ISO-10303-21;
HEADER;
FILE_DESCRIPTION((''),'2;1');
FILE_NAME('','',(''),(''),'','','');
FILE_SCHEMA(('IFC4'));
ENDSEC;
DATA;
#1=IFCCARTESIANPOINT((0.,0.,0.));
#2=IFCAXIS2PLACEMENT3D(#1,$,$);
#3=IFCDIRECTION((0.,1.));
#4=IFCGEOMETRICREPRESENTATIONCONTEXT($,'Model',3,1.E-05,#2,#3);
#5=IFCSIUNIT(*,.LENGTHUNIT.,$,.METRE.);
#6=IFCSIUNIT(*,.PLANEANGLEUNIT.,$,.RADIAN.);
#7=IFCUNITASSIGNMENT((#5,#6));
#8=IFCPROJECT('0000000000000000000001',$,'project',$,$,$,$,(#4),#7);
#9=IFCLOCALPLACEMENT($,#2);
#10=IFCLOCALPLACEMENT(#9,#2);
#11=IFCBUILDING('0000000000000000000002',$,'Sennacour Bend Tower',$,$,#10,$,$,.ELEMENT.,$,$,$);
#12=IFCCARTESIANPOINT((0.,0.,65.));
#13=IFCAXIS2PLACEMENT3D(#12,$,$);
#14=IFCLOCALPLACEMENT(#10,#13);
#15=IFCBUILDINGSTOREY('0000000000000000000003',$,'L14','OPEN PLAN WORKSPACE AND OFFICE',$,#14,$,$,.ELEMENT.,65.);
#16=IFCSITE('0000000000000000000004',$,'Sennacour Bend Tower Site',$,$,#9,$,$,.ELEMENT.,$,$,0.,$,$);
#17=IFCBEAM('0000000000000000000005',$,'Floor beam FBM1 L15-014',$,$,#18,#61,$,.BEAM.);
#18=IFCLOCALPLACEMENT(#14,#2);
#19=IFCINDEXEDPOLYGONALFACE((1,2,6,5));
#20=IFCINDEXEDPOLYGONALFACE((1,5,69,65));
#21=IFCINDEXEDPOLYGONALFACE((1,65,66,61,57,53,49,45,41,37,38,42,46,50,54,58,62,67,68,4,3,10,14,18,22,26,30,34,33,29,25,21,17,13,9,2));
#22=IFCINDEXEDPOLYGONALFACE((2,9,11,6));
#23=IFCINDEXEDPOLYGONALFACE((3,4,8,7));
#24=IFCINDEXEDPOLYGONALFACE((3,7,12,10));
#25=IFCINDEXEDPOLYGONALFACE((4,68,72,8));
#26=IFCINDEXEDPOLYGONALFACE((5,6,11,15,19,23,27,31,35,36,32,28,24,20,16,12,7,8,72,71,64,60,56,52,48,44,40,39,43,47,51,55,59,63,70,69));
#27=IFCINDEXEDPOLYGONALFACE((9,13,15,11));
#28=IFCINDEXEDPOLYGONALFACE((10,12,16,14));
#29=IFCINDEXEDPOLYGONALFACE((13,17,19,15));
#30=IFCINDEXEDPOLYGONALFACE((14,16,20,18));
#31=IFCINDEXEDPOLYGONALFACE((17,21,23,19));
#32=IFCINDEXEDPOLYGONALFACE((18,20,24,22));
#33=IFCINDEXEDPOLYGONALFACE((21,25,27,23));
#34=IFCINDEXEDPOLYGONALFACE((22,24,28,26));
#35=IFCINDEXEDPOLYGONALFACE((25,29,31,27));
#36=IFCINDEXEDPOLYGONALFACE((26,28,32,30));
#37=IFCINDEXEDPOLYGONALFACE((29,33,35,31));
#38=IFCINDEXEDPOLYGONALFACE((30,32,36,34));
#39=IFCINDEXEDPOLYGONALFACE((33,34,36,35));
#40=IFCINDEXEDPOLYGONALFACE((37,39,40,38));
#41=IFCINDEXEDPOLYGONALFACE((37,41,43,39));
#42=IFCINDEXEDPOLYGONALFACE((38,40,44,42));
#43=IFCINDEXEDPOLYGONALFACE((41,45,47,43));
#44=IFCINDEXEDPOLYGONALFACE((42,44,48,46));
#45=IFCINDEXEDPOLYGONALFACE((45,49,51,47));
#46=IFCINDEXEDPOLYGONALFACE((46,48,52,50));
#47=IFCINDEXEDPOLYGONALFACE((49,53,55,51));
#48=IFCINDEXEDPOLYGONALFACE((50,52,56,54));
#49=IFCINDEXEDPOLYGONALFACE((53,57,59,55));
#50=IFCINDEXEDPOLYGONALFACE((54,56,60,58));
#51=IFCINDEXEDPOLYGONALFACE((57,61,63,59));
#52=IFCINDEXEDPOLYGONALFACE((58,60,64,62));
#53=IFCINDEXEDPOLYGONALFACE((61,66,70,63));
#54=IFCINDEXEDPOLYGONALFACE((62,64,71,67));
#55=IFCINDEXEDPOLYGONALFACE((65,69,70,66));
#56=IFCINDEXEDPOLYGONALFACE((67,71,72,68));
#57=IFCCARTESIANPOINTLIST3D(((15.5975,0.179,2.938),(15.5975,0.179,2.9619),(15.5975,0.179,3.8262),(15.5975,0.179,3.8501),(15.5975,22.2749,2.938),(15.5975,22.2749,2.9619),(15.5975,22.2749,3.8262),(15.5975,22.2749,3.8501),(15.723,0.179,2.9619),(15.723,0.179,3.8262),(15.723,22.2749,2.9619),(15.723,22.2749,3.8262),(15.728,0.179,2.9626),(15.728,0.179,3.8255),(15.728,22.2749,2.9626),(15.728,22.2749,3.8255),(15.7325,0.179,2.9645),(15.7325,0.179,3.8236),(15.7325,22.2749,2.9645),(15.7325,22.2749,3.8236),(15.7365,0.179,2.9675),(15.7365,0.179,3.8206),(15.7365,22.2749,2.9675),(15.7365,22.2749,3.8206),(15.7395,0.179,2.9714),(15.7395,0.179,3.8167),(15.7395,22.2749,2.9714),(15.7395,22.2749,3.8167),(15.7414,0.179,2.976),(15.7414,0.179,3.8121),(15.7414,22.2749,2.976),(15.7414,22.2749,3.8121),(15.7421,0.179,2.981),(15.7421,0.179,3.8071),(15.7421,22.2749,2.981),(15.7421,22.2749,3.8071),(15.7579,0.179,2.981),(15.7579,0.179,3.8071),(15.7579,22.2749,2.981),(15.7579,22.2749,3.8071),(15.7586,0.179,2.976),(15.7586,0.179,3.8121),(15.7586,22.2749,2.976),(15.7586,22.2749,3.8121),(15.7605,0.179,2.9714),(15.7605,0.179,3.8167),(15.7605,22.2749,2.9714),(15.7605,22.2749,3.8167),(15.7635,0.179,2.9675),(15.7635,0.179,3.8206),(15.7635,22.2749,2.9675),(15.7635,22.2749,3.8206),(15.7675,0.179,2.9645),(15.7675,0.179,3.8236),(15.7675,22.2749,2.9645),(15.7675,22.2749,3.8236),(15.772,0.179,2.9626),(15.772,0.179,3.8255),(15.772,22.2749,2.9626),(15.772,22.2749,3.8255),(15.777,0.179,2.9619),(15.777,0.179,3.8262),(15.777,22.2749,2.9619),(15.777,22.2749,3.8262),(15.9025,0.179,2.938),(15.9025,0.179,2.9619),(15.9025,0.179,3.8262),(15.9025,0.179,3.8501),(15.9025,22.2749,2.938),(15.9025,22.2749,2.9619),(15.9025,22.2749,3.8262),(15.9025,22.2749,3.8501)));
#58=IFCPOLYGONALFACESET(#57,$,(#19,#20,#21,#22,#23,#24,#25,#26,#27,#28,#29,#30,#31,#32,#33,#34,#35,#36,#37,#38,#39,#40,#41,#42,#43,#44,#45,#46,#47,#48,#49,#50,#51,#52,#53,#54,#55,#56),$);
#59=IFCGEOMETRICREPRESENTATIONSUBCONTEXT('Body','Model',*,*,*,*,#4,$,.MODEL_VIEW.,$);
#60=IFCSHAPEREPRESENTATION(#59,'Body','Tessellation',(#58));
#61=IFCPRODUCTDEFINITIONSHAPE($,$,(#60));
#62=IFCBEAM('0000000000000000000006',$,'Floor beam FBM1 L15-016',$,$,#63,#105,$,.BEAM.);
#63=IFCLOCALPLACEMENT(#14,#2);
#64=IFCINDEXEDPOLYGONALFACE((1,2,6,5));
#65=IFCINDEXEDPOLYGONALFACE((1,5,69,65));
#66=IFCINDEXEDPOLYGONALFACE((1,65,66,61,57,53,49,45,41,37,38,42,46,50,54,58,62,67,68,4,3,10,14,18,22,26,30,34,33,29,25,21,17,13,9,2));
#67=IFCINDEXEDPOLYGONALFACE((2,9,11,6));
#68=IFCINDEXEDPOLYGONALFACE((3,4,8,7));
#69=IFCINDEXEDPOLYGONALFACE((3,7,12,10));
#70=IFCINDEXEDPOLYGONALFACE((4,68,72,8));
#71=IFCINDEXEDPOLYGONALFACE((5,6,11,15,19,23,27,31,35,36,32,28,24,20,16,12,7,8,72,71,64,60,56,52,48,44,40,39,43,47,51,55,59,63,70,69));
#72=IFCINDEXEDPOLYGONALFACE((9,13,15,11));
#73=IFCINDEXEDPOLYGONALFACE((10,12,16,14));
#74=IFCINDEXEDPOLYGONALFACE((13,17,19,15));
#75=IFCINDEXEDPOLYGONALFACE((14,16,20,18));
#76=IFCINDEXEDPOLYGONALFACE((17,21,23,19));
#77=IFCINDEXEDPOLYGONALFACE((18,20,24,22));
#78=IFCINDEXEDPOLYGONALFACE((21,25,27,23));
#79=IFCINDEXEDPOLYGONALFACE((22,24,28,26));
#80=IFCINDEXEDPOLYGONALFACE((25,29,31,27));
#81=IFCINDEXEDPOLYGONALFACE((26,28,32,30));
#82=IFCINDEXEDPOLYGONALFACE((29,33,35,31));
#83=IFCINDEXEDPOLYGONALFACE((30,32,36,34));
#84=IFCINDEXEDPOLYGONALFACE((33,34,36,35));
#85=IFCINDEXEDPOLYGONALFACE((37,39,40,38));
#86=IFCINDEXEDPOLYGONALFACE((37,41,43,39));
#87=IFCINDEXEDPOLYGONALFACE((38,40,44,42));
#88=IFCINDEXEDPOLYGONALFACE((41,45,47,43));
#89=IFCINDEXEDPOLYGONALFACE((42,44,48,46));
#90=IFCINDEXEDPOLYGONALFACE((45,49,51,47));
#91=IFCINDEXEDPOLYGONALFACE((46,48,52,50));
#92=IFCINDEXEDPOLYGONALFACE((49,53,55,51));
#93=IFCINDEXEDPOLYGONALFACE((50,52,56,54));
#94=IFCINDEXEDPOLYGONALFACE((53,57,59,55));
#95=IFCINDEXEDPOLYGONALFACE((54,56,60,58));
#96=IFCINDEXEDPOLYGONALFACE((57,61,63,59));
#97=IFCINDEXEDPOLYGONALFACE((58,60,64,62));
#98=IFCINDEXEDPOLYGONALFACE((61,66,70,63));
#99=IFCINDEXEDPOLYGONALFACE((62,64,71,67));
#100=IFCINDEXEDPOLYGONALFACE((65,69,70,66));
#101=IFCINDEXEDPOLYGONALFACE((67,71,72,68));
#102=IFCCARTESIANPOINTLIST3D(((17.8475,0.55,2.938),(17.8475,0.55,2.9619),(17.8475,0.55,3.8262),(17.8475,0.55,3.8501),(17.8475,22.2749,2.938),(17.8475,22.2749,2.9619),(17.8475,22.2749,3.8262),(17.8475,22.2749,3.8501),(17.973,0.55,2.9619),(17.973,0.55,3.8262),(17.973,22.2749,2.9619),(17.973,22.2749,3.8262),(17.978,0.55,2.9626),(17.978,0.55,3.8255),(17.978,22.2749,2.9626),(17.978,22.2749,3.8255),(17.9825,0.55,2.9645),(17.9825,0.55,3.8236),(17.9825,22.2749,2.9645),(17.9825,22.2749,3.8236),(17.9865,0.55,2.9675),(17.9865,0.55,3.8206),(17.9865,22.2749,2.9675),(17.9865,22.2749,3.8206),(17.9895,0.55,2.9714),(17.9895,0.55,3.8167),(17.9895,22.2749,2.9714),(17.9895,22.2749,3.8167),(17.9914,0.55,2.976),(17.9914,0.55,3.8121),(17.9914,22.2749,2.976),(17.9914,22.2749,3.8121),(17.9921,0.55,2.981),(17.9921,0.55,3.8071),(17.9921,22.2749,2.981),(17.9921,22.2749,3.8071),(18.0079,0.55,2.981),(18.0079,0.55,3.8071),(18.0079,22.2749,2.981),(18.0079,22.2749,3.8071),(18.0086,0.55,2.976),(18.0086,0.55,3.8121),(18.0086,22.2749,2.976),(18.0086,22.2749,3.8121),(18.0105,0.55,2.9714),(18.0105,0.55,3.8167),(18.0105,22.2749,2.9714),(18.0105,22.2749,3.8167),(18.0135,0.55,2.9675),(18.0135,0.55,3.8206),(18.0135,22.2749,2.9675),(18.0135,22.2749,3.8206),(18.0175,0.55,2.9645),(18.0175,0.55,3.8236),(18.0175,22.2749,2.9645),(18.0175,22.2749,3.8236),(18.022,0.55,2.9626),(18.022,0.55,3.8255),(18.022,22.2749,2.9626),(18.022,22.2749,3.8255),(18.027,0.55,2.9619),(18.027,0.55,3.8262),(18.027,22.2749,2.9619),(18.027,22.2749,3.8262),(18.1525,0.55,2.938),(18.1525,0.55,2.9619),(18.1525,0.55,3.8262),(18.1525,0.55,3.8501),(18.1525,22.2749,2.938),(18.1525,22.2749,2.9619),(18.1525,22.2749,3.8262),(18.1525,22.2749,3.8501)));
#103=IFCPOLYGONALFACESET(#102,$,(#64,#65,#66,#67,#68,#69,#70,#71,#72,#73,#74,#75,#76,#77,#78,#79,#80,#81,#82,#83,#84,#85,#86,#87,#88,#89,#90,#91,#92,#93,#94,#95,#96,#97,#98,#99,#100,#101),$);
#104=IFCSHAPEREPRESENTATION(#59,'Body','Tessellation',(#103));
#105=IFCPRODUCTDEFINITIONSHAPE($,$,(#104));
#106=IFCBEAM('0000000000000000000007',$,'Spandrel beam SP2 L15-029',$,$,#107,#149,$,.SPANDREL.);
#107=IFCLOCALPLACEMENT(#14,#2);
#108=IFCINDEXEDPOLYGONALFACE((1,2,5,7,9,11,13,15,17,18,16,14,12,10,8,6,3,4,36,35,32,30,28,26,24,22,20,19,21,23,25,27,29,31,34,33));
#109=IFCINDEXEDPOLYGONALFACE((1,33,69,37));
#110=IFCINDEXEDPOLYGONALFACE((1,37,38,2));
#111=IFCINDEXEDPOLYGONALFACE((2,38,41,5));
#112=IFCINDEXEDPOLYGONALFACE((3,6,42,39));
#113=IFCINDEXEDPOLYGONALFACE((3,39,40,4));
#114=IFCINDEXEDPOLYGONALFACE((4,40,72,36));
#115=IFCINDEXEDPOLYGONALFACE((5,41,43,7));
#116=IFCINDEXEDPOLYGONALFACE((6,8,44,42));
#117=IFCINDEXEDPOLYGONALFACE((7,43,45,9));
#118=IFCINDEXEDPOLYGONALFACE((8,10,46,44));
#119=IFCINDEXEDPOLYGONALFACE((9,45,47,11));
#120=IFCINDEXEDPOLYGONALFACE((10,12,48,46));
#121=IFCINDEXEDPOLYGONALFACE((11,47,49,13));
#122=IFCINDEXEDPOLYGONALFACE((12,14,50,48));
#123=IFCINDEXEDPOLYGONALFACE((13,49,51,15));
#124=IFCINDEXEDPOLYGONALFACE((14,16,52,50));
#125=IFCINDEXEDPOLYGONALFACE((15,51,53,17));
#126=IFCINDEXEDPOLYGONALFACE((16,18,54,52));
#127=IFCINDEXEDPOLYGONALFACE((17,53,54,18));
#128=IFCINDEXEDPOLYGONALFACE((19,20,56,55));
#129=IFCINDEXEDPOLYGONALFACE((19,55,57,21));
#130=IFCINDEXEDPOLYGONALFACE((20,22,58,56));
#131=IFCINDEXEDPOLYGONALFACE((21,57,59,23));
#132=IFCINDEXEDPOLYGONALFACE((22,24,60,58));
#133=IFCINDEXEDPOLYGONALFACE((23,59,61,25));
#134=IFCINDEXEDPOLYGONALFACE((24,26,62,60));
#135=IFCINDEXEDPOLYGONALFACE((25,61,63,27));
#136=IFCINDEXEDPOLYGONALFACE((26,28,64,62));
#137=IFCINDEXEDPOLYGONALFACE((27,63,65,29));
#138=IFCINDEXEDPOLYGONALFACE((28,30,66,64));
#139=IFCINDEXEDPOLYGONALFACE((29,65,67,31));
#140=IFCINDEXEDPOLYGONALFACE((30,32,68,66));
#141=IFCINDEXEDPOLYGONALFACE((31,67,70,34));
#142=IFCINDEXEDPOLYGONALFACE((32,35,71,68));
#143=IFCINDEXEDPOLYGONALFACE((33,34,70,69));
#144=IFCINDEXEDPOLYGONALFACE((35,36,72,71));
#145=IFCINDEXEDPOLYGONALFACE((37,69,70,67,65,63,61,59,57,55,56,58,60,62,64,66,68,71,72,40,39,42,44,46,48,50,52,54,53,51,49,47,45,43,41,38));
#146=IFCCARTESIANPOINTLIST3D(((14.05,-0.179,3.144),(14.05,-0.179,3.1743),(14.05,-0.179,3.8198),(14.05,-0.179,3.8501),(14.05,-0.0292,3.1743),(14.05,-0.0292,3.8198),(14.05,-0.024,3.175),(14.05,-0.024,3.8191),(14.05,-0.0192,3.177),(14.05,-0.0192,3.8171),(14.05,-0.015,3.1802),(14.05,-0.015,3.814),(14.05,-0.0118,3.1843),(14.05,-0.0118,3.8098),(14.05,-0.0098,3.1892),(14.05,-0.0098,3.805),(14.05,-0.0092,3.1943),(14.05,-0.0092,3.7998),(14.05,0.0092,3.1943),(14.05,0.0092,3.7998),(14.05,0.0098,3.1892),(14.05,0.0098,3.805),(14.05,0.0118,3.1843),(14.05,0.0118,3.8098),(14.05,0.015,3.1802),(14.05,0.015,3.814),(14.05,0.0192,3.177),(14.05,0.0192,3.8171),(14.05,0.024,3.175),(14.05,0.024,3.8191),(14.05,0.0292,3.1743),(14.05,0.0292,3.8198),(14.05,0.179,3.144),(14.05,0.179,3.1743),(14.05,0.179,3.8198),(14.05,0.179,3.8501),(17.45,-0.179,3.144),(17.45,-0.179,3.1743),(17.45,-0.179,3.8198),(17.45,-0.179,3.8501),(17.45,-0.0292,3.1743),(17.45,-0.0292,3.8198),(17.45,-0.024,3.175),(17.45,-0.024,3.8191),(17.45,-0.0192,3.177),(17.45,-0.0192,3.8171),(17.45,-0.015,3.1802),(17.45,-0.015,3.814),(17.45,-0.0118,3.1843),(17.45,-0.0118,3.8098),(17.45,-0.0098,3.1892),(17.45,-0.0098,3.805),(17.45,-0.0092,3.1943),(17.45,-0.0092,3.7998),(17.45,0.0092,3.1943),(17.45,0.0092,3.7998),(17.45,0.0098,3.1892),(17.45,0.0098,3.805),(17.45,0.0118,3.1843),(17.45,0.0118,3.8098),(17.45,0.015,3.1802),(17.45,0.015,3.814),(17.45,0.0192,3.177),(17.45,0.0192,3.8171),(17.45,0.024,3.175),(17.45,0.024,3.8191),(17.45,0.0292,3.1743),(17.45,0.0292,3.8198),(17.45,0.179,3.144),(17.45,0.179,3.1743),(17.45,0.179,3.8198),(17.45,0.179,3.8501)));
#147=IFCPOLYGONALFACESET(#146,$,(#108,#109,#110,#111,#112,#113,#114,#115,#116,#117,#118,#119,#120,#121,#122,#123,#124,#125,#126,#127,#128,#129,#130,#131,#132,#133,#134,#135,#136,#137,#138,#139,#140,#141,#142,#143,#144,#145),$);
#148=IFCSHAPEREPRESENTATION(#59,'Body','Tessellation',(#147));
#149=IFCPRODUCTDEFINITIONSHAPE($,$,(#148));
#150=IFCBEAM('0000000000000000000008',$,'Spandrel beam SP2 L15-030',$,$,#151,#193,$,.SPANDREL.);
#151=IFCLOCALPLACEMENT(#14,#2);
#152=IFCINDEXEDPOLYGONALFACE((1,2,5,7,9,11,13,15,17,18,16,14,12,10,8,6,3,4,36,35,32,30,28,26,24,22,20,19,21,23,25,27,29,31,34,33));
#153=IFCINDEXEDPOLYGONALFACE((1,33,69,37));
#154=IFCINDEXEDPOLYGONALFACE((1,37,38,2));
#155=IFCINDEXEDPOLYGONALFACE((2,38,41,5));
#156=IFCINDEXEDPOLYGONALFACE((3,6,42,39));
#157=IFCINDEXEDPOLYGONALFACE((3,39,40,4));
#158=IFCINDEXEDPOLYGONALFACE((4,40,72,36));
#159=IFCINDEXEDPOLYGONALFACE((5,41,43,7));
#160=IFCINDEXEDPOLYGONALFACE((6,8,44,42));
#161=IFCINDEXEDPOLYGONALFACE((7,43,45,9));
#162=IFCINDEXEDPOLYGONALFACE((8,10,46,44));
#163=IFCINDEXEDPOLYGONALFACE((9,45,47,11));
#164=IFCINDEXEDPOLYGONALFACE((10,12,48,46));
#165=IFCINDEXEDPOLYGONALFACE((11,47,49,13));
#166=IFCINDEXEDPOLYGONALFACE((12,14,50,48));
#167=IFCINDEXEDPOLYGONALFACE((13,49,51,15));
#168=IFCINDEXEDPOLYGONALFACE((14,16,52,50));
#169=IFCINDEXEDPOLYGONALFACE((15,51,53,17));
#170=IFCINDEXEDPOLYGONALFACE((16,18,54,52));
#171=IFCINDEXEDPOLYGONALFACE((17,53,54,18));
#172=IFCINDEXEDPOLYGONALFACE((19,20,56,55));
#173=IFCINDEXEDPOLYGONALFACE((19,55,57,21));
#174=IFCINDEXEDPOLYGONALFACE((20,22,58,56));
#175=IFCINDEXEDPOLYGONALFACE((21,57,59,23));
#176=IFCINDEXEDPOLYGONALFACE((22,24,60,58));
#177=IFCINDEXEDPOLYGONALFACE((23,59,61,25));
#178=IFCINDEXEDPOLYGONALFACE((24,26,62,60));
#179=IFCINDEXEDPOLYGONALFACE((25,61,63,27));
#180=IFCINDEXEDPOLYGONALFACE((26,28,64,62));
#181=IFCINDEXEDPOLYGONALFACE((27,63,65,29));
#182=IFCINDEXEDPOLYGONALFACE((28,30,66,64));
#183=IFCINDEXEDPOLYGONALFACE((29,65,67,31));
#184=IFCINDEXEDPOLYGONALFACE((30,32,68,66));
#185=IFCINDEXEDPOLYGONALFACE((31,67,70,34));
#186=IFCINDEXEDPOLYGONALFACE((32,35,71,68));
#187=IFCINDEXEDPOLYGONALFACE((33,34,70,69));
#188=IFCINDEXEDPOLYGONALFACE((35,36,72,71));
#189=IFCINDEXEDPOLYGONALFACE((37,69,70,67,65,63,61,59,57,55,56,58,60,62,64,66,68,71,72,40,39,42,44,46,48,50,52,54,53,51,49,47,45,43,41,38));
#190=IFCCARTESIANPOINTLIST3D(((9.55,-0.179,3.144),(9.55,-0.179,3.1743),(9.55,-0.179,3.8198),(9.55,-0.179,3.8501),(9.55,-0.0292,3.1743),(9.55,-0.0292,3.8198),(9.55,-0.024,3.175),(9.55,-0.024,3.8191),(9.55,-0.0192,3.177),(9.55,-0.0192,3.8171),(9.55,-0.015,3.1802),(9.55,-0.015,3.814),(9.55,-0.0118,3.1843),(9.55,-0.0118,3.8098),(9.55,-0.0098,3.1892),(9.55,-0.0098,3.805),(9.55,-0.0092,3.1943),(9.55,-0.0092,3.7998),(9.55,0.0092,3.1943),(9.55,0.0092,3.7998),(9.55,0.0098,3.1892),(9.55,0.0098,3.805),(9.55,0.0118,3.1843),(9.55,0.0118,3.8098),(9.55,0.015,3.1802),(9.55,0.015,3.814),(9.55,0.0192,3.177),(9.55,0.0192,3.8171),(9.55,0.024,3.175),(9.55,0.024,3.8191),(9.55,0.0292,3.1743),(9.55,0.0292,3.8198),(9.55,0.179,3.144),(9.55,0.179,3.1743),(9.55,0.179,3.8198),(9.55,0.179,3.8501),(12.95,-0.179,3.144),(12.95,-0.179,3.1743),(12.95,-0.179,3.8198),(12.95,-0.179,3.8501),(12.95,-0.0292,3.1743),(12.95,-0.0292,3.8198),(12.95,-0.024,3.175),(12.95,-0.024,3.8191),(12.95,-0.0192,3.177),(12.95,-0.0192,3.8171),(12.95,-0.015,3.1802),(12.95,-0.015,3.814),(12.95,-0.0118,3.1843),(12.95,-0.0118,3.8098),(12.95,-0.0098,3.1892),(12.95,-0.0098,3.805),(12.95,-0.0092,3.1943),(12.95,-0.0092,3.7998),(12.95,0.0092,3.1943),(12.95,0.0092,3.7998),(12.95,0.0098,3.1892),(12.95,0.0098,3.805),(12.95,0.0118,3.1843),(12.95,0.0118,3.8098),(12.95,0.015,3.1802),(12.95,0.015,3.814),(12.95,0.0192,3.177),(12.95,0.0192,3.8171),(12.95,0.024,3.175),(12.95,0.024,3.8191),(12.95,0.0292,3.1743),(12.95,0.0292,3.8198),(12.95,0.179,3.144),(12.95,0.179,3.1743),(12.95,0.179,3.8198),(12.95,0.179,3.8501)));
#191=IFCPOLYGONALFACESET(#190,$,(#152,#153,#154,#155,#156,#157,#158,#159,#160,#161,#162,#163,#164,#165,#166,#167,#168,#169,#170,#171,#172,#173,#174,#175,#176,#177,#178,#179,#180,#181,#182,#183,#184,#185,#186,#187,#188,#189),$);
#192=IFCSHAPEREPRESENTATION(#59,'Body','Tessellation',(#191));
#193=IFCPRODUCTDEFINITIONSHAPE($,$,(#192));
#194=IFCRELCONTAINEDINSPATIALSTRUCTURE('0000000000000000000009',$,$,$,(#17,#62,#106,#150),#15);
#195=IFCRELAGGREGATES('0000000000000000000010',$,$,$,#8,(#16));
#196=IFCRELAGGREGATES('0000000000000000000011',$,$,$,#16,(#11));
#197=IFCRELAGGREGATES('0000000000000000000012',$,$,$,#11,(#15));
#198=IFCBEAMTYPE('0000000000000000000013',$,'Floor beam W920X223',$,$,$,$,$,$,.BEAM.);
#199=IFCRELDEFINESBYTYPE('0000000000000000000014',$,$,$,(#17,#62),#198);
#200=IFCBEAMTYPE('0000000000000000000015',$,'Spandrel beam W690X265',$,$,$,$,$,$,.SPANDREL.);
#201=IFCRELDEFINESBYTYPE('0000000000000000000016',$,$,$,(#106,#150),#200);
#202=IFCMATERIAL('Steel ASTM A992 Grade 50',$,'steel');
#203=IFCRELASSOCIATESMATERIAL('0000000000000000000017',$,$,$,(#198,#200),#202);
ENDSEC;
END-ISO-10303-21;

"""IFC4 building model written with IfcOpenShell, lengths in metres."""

from ifc_helpers import new_model, si_unit, direction, frame, origin, origin_2d, place, context, subcontext, project, spatial, i_section, extrude, material, material_profile, profile_set, type_object, element, save


model = new_model("IFC4")

# Units and contexts
model_context = context("Model", 3, precision=1e-05, world=origin(), true_north=direction((0.0, 1.0)))
body_context = subcontext(model_context, "Body", "Model", "MODEL_VIEW")
ifc_project = project(units=[si_unit("LENGTHUNIT", "METRE"), si_unit("PLANEANGLEUNIT", "RADIAN")], contexts=[model_context])

# Site, building, storey
site_placement = place(None, origin())
site = spatial("IfcSite", under=ifc_project, at=site_placement, Name="Sennacour Bend Tower Site", CompositionType="ELEMENT", RefElevation=0.0)
building_placement = place(site_placement, origin())
building = spatial("IfcBuilding", under=site, at=building_placement, Name="Sennacour Bend Tower", CompositionType="ELEMENT")
storey_placement = place(building_placement, frame((0.0, 0.0, 65.0)))
storey = spatial("IfcBuildingStorey", under=building, at=storey_placement, Name="L14", Description="OPEN PLAN WORKSPACE AND OFFICE", CompositionType="ELEMENT", Elevation=65.0)

# Beams
ifc_material_1 = material(Name="Steel ASTM A992 Grade 50", Category="steel")
ifc_material_profile_1 = material_profile(ifc_material_1, i_section(OverallWidth=0.3049, OverallDepth=0.9121, WebThickness=0.0159, FlangeThickness=0.0239, FilletRadius=0.019, at=origin_2d()), Name="Steel ASTM A992 Grade 50", Category="steel")
ifc_profile_set_1 = profile_set([ifc_material_profile_1], Name="Steel ASTM A992 Grade 50")
beam_type_1 = type_object("IfcBeamType", Name="Floor beam W920X223", PredefinedType="BEAM", material=ifc_profile_set_1)
beam_1_placement = place(storey_placement, frame((15.75, 0.179, 3.394), z_axis=(0.0, 1.0, 0.0), x_axis=(-1.0, 0.0, 0.0)))
element("IfcBeam", 1, at=beam_1_placement, inside=storey, type_object=beam_type_1, Name="Floor beam FBM1 L15-014", PredefinedType="BEAM", context=body_context, shape_type="SweptSolid", body=[
    extrude(i_section(OverallWidth=0.3049, OverallDepth=0.9121, WebThickness=0.0159, FlangeThickness=0.0239, FilletRadius=0.019, at=origin_2d()), origin(), (0.0, 0.0, 1.0), 22.0959),
])
beam_2_placement = place(storey_placement, frame((18.0, 0.55, 3.394), z_axis=(0.0, 1.0, 0.0), x_axis=(-1.0, 0.0, 0.0)))
element("IfcBeam", 2, at=beam_2_placement, inside=storey, type_object=beam_type_1, Name="Floor beam FBM1 L15-016", PredefinedType="BEAM", context=body_context, shape_type="SweptSolid", body=[
    extrude(i_section(OverallWidth=0.3049, OverallDepth=0.9121, WebThickness=0.0159, FlangeThickness=0.0239, FilletRadius=0.019, at=origin_2d()), origin(), (0.0, 0.0, 1.0), 21.7249),
])
ifc_material_profile_2 = material_profile(ifc_material_1, i_section(OverallWidth=0.3579, OverallDepth=0.7061, WebThickness=0.0183, FlangeThickness=0.0303, FilletRadius=0.02, at=origin_2d()), Name="Steel ASTM A992 Grade 50", Category="steel")
ifc_profile_set_2 = profile_set([ifc_material_profile_2], Name="Steel ASTM A992 Grade 50")
beam_type_2 = type_object("IfcBeamType", Name="Spandrel beam W690X265", PredefinedType="SPANDREL", material=ifc_profile_set_2)
for number, where, z_axis, x_axis, name in (
    (3, (17.45, 0.0, 3.4971), (-1.0, 0.0, 0.0), (0.0, -1.0, 0.0), "Spandrel beam SP2 L15-029"),
    (4, (12.95, 0.0, 3.4971), (-1.0, 0.0, 0.0), (0.0, -1.0, 0.0), "Spandrel beam SP2 L15-030"),
):
    element("IfcBeam", number, at=place(storey_placement, frame(where, z_axis=z_axis, x_axis=x_axis)), inside=storey, type_object=beam_type_2, Name=name, PredefinedType="SPANDREL", context=body_context, shape_type="SweptSolid", body=[
        extrude(i_section(OverallWidth=0.3579, OverallDepth=0.7061, WebThickness=0.0183, FlangeThickness=0.0303, FilletRadius=0.02, at=origin_2d()), origin(), (0.0, 0.0, 1.0), 3.3999),
    ])

save(model, "model.ifc")
